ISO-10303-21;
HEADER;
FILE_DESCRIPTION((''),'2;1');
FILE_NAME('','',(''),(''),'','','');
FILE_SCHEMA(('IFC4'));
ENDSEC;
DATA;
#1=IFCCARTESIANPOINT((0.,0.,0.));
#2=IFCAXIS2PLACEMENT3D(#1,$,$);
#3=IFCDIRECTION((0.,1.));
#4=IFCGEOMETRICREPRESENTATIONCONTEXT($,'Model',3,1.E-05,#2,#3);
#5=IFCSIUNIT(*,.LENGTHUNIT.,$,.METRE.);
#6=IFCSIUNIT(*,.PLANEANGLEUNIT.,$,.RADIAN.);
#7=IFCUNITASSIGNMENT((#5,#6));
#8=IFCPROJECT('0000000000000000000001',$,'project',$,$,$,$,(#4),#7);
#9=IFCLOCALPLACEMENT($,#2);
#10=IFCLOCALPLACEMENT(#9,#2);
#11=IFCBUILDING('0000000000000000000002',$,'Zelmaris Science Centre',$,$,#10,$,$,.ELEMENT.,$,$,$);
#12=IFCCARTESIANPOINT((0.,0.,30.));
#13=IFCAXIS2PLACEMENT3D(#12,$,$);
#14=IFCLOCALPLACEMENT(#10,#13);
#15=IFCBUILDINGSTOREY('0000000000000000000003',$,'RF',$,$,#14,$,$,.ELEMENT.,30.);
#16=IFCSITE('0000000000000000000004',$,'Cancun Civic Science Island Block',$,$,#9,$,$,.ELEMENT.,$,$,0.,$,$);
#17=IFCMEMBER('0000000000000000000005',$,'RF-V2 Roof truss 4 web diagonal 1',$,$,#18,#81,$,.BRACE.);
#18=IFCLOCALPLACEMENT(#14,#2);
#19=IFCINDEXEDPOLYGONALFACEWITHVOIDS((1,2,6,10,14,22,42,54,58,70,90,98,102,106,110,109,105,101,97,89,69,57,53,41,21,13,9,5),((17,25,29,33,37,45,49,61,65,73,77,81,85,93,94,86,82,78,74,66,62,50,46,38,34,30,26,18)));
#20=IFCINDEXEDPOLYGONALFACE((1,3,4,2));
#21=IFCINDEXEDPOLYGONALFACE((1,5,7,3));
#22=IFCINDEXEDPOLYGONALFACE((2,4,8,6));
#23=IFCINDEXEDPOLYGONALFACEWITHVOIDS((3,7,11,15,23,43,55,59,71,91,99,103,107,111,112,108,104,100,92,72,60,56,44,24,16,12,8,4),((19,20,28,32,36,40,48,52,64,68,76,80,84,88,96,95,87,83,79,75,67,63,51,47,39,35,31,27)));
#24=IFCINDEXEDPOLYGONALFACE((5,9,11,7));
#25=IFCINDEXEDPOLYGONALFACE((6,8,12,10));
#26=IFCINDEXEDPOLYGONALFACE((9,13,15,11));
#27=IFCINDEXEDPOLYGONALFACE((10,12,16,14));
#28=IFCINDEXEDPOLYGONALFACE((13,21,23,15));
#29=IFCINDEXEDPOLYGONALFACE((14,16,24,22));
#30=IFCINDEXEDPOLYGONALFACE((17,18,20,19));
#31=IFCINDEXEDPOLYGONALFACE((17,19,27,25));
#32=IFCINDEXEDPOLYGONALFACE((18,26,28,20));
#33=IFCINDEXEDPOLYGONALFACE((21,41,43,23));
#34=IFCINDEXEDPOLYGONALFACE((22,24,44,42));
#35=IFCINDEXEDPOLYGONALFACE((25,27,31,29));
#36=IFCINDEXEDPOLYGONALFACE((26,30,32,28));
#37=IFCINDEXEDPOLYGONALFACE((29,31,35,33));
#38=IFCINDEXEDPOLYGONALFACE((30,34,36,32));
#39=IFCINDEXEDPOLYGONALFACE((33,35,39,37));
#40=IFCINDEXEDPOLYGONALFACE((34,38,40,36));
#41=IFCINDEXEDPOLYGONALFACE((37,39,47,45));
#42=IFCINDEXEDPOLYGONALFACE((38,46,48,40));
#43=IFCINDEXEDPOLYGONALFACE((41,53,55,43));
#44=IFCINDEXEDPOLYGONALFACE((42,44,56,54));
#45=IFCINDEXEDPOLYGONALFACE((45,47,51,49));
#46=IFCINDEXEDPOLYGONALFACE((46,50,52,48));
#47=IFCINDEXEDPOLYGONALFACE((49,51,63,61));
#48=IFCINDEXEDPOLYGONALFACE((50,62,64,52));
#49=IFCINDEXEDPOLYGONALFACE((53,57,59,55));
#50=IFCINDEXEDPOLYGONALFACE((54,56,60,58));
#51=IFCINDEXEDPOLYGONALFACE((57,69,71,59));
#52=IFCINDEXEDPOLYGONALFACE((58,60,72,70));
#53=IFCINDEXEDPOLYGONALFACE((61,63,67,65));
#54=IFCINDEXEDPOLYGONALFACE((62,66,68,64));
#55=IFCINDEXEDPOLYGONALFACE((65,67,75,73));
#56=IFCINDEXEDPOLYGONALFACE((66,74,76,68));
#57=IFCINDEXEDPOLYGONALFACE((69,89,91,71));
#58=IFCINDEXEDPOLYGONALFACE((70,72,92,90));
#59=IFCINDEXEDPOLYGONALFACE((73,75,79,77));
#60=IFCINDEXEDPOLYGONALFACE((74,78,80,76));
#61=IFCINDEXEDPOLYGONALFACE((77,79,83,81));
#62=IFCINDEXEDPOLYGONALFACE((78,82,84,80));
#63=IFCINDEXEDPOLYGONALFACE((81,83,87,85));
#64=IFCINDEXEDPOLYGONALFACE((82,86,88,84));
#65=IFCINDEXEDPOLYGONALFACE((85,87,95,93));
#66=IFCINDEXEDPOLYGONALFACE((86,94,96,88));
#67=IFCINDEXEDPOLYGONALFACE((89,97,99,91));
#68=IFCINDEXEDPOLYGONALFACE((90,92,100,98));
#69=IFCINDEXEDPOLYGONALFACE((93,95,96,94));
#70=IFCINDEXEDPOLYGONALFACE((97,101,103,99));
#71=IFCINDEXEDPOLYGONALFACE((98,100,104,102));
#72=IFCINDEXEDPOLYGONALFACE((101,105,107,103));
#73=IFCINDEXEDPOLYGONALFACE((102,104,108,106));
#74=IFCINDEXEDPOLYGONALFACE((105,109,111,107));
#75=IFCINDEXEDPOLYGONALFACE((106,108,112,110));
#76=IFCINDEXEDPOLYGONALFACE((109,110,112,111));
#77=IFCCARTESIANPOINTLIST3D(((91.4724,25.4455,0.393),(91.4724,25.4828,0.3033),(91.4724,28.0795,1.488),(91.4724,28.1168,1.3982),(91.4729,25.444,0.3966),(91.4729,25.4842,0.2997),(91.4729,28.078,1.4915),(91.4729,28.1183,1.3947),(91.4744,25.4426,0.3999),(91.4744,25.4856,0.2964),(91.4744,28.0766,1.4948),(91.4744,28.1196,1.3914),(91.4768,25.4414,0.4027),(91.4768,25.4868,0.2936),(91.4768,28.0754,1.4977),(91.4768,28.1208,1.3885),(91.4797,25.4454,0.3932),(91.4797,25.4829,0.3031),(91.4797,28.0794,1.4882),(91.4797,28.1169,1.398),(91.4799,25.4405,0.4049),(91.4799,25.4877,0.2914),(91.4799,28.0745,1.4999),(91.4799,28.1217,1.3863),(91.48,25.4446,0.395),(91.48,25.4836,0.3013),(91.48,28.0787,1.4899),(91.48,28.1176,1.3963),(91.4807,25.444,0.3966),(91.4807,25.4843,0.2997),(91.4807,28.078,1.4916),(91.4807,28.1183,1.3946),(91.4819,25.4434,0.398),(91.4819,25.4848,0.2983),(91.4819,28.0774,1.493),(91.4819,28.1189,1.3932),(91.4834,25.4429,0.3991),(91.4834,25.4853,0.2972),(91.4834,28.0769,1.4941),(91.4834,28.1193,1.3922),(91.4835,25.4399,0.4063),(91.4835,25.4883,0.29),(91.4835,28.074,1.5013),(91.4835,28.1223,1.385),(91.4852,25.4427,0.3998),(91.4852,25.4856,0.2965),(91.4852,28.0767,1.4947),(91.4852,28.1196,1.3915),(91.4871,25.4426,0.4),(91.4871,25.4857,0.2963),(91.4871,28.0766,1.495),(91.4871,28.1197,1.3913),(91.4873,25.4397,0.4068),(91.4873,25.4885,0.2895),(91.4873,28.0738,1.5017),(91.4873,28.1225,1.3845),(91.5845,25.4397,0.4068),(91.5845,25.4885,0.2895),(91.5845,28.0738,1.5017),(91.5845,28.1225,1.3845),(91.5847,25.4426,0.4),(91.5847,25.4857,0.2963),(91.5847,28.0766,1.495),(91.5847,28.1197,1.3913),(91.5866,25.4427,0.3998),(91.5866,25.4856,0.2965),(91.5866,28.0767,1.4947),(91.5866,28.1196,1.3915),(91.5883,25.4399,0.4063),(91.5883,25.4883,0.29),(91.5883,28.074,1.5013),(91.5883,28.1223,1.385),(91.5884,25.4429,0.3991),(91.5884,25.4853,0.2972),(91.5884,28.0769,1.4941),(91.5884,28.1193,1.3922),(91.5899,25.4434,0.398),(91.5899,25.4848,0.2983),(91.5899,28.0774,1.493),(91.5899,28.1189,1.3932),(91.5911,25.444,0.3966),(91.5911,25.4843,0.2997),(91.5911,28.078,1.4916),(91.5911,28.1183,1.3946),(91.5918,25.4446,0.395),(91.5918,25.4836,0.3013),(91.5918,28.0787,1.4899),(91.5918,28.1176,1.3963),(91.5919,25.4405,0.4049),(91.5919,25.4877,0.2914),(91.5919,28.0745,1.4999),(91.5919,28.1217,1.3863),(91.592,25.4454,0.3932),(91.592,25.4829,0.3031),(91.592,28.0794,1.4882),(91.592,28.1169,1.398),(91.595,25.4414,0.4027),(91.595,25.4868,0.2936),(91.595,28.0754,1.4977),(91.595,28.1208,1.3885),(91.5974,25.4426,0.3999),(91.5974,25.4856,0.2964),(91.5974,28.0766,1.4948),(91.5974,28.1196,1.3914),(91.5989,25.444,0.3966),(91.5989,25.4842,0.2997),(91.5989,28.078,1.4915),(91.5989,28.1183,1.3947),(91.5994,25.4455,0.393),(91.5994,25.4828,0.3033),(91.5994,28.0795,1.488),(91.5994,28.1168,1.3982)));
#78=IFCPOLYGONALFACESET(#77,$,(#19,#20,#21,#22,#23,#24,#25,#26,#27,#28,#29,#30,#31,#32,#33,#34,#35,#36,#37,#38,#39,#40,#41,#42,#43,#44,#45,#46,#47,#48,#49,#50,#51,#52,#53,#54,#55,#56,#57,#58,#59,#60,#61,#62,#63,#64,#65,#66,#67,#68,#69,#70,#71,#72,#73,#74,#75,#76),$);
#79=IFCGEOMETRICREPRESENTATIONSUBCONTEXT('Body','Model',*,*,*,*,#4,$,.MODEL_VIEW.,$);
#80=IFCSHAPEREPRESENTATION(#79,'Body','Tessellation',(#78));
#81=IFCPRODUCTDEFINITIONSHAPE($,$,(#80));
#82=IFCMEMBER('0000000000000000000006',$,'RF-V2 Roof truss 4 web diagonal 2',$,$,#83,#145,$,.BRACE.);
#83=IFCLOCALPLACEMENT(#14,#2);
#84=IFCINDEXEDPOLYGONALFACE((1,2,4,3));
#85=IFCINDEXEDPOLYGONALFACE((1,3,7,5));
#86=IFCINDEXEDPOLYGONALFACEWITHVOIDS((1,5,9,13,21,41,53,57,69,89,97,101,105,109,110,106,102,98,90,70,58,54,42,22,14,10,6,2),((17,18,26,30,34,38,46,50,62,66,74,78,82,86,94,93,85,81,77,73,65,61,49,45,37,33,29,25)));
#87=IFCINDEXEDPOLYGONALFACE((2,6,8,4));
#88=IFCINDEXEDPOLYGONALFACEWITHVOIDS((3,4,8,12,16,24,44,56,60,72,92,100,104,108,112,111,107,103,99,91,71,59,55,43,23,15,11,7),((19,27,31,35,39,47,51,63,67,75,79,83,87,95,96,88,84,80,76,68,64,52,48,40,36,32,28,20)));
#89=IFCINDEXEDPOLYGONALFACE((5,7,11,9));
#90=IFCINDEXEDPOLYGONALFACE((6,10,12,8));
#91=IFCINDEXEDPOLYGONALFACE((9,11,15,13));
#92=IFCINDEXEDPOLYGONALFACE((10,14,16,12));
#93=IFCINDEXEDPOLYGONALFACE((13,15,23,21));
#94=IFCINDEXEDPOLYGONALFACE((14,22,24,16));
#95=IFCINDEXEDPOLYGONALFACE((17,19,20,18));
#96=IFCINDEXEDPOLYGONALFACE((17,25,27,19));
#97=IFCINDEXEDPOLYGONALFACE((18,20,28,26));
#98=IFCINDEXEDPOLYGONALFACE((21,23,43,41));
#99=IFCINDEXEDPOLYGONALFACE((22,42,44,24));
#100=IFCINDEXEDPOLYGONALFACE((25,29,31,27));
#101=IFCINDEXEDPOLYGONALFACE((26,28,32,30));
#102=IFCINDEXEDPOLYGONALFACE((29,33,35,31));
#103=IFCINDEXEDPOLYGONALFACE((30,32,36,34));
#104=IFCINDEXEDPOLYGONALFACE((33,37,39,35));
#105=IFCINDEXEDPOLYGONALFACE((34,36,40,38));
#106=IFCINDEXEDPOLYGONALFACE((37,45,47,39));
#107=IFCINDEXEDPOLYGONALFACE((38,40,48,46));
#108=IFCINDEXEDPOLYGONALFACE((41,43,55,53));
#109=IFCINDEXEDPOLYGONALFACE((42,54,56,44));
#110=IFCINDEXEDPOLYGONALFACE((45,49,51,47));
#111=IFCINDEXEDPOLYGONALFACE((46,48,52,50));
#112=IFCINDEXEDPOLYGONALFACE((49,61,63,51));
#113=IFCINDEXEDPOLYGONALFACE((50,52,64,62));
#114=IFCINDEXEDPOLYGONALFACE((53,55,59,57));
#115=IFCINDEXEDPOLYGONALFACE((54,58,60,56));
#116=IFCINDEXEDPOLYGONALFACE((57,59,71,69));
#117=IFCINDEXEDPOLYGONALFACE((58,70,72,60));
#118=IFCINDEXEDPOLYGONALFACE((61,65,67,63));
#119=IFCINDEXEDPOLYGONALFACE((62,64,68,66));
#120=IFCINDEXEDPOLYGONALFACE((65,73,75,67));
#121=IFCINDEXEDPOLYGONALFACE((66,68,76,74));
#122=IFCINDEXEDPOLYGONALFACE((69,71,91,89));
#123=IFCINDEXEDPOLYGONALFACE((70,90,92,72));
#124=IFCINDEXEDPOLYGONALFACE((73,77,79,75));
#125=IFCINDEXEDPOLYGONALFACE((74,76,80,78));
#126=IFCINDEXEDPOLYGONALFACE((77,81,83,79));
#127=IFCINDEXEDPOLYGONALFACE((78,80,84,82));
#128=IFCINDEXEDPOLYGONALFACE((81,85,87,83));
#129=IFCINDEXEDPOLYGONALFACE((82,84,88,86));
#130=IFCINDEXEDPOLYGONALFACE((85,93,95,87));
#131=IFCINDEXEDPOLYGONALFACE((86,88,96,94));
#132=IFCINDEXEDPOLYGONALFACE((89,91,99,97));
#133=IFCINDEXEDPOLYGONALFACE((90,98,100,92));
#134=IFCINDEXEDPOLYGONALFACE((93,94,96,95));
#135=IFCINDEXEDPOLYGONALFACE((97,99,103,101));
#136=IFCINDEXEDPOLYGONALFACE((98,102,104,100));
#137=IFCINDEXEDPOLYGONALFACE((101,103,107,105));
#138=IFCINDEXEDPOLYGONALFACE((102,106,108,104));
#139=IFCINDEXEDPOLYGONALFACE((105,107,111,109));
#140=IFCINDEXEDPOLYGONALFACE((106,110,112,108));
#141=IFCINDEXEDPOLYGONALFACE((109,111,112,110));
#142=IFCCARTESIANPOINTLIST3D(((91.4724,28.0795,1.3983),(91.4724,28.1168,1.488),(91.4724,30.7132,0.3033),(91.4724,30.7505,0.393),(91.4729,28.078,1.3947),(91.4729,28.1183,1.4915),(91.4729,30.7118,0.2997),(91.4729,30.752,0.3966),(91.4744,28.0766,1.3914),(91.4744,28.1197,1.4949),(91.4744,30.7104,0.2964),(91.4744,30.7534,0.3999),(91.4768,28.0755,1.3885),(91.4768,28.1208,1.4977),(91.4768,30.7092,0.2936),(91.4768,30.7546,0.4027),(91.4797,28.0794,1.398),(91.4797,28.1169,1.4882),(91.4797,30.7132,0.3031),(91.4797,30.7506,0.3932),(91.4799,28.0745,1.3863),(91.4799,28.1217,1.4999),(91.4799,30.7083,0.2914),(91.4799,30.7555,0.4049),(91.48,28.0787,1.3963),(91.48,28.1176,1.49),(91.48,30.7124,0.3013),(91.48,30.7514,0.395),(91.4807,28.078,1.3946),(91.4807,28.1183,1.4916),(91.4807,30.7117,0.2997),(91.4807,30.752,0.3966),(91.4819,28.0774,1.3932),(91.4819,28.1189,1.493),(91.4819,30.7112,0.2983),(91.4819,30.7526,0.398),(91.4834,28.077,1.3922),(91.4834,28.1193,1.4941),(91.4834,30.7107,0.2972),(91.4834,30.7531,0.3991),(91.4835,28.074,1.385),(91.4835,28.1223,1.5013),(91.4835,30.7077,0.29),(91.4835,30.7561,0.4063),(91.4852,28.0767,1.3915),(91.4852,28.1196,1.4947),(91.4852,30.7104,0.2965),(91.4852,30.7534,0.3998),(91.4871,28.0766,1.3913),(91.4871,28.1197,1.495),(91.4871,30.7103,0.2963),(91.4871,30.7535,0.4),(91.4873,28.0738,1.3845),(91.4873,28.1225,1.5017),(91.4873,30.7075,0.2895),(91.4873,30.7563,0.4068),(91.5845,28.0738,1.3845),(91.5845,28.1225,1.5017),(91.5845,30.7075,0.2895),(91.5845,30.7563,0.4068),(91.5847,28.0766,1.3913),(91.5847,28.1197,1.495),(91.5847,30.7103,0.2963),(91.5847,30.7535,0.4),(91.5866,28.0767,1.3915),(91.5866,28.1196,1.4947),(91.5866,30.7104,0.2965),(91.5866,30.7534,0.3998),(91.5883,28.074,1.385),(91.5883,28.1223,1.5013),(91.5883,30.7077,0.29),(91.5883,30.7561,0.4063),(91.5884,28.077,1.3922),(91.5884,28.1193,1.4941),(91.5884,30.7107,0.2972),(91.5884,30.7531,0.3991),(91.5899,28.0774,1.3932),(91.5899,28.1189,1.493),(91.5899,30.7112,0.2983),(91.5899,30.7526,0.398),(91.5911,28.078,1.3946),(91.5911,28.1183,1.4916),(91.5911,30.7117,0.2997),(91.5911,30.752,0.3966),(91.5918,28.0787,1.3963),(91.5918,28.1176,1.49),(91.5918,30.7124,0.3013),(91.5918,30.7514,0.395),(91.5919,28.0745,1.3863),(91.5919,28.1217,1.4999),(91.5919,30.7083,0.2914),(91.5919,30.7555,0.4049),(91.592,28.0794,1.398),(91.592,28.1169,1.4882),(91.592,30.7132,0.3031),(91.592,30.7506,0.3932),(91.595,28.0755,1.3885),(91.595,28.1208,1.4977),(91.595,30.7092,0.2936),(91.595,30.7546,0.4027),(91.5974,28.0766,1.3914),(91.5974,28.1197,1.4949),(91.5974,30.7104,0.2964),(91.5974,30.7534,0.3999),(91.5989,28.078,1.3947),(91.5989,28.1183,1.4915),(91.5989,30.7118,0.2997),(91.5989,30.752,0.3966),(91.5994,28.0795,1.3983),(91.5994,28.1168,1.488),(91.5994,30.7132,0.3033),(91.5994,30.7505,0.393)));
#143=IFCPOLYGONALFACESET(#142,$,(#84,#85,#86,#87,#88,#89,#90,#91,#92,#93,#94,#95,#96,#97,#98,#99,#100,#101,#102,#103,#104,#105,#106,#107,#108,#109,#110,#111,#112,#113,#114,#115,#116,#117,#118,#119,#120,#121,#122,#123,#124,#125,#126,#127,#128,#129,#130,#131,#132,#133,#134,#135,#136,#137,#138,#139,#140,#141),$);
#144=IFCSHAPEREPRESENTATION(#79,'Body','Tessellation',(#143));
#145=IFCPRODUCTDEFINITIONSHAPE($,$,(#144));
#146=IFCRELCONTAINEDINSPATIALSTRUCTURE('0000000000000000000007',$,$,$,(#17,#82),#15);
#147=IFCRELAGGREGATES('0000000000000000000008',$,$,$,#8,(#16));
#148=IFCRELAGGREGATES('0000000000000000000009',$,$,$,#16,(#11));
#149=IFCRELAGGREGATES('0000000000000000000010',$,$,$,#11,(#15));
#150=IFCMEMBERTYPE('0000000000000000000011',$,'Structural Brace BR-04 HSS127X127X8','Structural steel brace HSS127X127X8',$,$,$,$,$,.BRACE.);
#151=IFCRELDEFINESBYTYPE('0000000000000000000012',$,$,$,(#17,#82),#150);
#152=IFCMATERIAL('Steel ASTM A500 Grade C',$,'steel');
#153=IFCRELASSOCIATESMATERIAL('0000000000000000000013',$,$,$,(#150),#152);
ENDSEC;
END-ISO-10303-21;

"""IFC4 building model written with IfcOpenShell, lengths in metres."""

from ifc_helpers import new_model, si_unit, direction, frame, origin, origin_2d, place, context, subcontext, project, spatial, hollow_rectangle, extrude, material, material_profile, profile_set, type_object, element, save


model = new_model("IFC4")

# Units and contexts
model_context = context("Model", 3, precision=1e-05, world=origin(), true_north=direction((0.0, 1.0)))
body_context = subcontext(model_context, "Body", "Model", "MODEL_VIEW")
ifc_project = project(units=[si_unit("LENGTHUNIT", "METRE"), si_unit("PLANEANGLEUNIT", "RADIAN")], contexts=[model_context])

# Site, building, storey
site_placement = place(None, origin())
site = spatial("IfcSite", under=ifc_project, at=site_placement, Name="Cancun Civic Science Island Block", CompositionType="ELEMENT", RefElevation=0.0)
building_placement = place(site_placement, origin())
building = spatial("IfcBuilding", under=site, at=building_placement, Name="Zelmaris Science Centre", CompositionType="ELEMENT")
storey_placement = place(building_placement, frame((0.0, 0.0, 30.0)))
storey = spatial("IfcBuildingStorey", under=building, at=storey_placement, Name="RF", CompositionType="ELEMENT", Elevation=30.0)

# Shared definitions
ifc_material_1 = material(Name="Steel ASTM A500 Grade C", Category="steel")

# Members
ifc_material_profile_1 = material_profile(ifc_material_1, hollow_rectangle(XDim=0.127, YDim=0.127, WallThickness=0.0073, InnerFilletRadius=0.0073, OuterFilletRadius=0.0149, at=origin_2d()), Name="HSS127X127X8")
ifc_profile_set_1 = profile_set([ifc_material_profile_1], Name="Steel ASTM A500 Grade C")
member_type_1 = type_object("IfcMemberType", Name="Structural Brace BR-04 HSS127X127X8", Description="Structural steel brace HSS127X127X8", PredefinedType="BRACE", material=ifc_profile_set_1)
member_1_placement = place(storey_placement, frame((91.5359, 25.4641, 0.3481), z_axis=(0.0, 0.923393, 0.383856), x_axis=(-1.0, 0.0, 0.0)))
element("IfcMember", 1, at=member_1_placement, inside=storey, type_object=member_type_1, Name="RF-V2 Roof truss 4 web diagonal 1", PredefinedType="BRACE", context=body_context, shape_type="SweptSolid", body=[
    extrude(hollow_rectangle(XDim=0.127, YDim=0.127, WallThickness=0.0073, InnerFilletRadius=0.0073, OuterFilletRadius=0.0149, at=origin_2d()), origin(), (0.0, 0.0, 1.0), 2.8525),
])
member_2_placement = place(storey_placement, frame((91.5359, 28.0981, 1.4431), z_axis=(0.0, 0.923381, -0.383886), x_axis=(-1.0, 0.0, 0.0)))
element("IfcMember", 2, at=member_2_placement, inside=storey, type_object=member_type_1, Name="RF-V2 Roof truss 4 web diagonal 2", PredefinedType="BRACE", context=body_context, shape_type="SweptSolid", body=[
    extrude(hollow_rectangle(XDim=0.127, YDim=0.127, WallThickness=0.0073, InnerFilletRadius=0.0073, OuterFilletRadius=0.0149, at=origin_2d()), origin(), (0.0, 0.0, 1.0), 2.8523),
])

save(model, "model.ifc")
